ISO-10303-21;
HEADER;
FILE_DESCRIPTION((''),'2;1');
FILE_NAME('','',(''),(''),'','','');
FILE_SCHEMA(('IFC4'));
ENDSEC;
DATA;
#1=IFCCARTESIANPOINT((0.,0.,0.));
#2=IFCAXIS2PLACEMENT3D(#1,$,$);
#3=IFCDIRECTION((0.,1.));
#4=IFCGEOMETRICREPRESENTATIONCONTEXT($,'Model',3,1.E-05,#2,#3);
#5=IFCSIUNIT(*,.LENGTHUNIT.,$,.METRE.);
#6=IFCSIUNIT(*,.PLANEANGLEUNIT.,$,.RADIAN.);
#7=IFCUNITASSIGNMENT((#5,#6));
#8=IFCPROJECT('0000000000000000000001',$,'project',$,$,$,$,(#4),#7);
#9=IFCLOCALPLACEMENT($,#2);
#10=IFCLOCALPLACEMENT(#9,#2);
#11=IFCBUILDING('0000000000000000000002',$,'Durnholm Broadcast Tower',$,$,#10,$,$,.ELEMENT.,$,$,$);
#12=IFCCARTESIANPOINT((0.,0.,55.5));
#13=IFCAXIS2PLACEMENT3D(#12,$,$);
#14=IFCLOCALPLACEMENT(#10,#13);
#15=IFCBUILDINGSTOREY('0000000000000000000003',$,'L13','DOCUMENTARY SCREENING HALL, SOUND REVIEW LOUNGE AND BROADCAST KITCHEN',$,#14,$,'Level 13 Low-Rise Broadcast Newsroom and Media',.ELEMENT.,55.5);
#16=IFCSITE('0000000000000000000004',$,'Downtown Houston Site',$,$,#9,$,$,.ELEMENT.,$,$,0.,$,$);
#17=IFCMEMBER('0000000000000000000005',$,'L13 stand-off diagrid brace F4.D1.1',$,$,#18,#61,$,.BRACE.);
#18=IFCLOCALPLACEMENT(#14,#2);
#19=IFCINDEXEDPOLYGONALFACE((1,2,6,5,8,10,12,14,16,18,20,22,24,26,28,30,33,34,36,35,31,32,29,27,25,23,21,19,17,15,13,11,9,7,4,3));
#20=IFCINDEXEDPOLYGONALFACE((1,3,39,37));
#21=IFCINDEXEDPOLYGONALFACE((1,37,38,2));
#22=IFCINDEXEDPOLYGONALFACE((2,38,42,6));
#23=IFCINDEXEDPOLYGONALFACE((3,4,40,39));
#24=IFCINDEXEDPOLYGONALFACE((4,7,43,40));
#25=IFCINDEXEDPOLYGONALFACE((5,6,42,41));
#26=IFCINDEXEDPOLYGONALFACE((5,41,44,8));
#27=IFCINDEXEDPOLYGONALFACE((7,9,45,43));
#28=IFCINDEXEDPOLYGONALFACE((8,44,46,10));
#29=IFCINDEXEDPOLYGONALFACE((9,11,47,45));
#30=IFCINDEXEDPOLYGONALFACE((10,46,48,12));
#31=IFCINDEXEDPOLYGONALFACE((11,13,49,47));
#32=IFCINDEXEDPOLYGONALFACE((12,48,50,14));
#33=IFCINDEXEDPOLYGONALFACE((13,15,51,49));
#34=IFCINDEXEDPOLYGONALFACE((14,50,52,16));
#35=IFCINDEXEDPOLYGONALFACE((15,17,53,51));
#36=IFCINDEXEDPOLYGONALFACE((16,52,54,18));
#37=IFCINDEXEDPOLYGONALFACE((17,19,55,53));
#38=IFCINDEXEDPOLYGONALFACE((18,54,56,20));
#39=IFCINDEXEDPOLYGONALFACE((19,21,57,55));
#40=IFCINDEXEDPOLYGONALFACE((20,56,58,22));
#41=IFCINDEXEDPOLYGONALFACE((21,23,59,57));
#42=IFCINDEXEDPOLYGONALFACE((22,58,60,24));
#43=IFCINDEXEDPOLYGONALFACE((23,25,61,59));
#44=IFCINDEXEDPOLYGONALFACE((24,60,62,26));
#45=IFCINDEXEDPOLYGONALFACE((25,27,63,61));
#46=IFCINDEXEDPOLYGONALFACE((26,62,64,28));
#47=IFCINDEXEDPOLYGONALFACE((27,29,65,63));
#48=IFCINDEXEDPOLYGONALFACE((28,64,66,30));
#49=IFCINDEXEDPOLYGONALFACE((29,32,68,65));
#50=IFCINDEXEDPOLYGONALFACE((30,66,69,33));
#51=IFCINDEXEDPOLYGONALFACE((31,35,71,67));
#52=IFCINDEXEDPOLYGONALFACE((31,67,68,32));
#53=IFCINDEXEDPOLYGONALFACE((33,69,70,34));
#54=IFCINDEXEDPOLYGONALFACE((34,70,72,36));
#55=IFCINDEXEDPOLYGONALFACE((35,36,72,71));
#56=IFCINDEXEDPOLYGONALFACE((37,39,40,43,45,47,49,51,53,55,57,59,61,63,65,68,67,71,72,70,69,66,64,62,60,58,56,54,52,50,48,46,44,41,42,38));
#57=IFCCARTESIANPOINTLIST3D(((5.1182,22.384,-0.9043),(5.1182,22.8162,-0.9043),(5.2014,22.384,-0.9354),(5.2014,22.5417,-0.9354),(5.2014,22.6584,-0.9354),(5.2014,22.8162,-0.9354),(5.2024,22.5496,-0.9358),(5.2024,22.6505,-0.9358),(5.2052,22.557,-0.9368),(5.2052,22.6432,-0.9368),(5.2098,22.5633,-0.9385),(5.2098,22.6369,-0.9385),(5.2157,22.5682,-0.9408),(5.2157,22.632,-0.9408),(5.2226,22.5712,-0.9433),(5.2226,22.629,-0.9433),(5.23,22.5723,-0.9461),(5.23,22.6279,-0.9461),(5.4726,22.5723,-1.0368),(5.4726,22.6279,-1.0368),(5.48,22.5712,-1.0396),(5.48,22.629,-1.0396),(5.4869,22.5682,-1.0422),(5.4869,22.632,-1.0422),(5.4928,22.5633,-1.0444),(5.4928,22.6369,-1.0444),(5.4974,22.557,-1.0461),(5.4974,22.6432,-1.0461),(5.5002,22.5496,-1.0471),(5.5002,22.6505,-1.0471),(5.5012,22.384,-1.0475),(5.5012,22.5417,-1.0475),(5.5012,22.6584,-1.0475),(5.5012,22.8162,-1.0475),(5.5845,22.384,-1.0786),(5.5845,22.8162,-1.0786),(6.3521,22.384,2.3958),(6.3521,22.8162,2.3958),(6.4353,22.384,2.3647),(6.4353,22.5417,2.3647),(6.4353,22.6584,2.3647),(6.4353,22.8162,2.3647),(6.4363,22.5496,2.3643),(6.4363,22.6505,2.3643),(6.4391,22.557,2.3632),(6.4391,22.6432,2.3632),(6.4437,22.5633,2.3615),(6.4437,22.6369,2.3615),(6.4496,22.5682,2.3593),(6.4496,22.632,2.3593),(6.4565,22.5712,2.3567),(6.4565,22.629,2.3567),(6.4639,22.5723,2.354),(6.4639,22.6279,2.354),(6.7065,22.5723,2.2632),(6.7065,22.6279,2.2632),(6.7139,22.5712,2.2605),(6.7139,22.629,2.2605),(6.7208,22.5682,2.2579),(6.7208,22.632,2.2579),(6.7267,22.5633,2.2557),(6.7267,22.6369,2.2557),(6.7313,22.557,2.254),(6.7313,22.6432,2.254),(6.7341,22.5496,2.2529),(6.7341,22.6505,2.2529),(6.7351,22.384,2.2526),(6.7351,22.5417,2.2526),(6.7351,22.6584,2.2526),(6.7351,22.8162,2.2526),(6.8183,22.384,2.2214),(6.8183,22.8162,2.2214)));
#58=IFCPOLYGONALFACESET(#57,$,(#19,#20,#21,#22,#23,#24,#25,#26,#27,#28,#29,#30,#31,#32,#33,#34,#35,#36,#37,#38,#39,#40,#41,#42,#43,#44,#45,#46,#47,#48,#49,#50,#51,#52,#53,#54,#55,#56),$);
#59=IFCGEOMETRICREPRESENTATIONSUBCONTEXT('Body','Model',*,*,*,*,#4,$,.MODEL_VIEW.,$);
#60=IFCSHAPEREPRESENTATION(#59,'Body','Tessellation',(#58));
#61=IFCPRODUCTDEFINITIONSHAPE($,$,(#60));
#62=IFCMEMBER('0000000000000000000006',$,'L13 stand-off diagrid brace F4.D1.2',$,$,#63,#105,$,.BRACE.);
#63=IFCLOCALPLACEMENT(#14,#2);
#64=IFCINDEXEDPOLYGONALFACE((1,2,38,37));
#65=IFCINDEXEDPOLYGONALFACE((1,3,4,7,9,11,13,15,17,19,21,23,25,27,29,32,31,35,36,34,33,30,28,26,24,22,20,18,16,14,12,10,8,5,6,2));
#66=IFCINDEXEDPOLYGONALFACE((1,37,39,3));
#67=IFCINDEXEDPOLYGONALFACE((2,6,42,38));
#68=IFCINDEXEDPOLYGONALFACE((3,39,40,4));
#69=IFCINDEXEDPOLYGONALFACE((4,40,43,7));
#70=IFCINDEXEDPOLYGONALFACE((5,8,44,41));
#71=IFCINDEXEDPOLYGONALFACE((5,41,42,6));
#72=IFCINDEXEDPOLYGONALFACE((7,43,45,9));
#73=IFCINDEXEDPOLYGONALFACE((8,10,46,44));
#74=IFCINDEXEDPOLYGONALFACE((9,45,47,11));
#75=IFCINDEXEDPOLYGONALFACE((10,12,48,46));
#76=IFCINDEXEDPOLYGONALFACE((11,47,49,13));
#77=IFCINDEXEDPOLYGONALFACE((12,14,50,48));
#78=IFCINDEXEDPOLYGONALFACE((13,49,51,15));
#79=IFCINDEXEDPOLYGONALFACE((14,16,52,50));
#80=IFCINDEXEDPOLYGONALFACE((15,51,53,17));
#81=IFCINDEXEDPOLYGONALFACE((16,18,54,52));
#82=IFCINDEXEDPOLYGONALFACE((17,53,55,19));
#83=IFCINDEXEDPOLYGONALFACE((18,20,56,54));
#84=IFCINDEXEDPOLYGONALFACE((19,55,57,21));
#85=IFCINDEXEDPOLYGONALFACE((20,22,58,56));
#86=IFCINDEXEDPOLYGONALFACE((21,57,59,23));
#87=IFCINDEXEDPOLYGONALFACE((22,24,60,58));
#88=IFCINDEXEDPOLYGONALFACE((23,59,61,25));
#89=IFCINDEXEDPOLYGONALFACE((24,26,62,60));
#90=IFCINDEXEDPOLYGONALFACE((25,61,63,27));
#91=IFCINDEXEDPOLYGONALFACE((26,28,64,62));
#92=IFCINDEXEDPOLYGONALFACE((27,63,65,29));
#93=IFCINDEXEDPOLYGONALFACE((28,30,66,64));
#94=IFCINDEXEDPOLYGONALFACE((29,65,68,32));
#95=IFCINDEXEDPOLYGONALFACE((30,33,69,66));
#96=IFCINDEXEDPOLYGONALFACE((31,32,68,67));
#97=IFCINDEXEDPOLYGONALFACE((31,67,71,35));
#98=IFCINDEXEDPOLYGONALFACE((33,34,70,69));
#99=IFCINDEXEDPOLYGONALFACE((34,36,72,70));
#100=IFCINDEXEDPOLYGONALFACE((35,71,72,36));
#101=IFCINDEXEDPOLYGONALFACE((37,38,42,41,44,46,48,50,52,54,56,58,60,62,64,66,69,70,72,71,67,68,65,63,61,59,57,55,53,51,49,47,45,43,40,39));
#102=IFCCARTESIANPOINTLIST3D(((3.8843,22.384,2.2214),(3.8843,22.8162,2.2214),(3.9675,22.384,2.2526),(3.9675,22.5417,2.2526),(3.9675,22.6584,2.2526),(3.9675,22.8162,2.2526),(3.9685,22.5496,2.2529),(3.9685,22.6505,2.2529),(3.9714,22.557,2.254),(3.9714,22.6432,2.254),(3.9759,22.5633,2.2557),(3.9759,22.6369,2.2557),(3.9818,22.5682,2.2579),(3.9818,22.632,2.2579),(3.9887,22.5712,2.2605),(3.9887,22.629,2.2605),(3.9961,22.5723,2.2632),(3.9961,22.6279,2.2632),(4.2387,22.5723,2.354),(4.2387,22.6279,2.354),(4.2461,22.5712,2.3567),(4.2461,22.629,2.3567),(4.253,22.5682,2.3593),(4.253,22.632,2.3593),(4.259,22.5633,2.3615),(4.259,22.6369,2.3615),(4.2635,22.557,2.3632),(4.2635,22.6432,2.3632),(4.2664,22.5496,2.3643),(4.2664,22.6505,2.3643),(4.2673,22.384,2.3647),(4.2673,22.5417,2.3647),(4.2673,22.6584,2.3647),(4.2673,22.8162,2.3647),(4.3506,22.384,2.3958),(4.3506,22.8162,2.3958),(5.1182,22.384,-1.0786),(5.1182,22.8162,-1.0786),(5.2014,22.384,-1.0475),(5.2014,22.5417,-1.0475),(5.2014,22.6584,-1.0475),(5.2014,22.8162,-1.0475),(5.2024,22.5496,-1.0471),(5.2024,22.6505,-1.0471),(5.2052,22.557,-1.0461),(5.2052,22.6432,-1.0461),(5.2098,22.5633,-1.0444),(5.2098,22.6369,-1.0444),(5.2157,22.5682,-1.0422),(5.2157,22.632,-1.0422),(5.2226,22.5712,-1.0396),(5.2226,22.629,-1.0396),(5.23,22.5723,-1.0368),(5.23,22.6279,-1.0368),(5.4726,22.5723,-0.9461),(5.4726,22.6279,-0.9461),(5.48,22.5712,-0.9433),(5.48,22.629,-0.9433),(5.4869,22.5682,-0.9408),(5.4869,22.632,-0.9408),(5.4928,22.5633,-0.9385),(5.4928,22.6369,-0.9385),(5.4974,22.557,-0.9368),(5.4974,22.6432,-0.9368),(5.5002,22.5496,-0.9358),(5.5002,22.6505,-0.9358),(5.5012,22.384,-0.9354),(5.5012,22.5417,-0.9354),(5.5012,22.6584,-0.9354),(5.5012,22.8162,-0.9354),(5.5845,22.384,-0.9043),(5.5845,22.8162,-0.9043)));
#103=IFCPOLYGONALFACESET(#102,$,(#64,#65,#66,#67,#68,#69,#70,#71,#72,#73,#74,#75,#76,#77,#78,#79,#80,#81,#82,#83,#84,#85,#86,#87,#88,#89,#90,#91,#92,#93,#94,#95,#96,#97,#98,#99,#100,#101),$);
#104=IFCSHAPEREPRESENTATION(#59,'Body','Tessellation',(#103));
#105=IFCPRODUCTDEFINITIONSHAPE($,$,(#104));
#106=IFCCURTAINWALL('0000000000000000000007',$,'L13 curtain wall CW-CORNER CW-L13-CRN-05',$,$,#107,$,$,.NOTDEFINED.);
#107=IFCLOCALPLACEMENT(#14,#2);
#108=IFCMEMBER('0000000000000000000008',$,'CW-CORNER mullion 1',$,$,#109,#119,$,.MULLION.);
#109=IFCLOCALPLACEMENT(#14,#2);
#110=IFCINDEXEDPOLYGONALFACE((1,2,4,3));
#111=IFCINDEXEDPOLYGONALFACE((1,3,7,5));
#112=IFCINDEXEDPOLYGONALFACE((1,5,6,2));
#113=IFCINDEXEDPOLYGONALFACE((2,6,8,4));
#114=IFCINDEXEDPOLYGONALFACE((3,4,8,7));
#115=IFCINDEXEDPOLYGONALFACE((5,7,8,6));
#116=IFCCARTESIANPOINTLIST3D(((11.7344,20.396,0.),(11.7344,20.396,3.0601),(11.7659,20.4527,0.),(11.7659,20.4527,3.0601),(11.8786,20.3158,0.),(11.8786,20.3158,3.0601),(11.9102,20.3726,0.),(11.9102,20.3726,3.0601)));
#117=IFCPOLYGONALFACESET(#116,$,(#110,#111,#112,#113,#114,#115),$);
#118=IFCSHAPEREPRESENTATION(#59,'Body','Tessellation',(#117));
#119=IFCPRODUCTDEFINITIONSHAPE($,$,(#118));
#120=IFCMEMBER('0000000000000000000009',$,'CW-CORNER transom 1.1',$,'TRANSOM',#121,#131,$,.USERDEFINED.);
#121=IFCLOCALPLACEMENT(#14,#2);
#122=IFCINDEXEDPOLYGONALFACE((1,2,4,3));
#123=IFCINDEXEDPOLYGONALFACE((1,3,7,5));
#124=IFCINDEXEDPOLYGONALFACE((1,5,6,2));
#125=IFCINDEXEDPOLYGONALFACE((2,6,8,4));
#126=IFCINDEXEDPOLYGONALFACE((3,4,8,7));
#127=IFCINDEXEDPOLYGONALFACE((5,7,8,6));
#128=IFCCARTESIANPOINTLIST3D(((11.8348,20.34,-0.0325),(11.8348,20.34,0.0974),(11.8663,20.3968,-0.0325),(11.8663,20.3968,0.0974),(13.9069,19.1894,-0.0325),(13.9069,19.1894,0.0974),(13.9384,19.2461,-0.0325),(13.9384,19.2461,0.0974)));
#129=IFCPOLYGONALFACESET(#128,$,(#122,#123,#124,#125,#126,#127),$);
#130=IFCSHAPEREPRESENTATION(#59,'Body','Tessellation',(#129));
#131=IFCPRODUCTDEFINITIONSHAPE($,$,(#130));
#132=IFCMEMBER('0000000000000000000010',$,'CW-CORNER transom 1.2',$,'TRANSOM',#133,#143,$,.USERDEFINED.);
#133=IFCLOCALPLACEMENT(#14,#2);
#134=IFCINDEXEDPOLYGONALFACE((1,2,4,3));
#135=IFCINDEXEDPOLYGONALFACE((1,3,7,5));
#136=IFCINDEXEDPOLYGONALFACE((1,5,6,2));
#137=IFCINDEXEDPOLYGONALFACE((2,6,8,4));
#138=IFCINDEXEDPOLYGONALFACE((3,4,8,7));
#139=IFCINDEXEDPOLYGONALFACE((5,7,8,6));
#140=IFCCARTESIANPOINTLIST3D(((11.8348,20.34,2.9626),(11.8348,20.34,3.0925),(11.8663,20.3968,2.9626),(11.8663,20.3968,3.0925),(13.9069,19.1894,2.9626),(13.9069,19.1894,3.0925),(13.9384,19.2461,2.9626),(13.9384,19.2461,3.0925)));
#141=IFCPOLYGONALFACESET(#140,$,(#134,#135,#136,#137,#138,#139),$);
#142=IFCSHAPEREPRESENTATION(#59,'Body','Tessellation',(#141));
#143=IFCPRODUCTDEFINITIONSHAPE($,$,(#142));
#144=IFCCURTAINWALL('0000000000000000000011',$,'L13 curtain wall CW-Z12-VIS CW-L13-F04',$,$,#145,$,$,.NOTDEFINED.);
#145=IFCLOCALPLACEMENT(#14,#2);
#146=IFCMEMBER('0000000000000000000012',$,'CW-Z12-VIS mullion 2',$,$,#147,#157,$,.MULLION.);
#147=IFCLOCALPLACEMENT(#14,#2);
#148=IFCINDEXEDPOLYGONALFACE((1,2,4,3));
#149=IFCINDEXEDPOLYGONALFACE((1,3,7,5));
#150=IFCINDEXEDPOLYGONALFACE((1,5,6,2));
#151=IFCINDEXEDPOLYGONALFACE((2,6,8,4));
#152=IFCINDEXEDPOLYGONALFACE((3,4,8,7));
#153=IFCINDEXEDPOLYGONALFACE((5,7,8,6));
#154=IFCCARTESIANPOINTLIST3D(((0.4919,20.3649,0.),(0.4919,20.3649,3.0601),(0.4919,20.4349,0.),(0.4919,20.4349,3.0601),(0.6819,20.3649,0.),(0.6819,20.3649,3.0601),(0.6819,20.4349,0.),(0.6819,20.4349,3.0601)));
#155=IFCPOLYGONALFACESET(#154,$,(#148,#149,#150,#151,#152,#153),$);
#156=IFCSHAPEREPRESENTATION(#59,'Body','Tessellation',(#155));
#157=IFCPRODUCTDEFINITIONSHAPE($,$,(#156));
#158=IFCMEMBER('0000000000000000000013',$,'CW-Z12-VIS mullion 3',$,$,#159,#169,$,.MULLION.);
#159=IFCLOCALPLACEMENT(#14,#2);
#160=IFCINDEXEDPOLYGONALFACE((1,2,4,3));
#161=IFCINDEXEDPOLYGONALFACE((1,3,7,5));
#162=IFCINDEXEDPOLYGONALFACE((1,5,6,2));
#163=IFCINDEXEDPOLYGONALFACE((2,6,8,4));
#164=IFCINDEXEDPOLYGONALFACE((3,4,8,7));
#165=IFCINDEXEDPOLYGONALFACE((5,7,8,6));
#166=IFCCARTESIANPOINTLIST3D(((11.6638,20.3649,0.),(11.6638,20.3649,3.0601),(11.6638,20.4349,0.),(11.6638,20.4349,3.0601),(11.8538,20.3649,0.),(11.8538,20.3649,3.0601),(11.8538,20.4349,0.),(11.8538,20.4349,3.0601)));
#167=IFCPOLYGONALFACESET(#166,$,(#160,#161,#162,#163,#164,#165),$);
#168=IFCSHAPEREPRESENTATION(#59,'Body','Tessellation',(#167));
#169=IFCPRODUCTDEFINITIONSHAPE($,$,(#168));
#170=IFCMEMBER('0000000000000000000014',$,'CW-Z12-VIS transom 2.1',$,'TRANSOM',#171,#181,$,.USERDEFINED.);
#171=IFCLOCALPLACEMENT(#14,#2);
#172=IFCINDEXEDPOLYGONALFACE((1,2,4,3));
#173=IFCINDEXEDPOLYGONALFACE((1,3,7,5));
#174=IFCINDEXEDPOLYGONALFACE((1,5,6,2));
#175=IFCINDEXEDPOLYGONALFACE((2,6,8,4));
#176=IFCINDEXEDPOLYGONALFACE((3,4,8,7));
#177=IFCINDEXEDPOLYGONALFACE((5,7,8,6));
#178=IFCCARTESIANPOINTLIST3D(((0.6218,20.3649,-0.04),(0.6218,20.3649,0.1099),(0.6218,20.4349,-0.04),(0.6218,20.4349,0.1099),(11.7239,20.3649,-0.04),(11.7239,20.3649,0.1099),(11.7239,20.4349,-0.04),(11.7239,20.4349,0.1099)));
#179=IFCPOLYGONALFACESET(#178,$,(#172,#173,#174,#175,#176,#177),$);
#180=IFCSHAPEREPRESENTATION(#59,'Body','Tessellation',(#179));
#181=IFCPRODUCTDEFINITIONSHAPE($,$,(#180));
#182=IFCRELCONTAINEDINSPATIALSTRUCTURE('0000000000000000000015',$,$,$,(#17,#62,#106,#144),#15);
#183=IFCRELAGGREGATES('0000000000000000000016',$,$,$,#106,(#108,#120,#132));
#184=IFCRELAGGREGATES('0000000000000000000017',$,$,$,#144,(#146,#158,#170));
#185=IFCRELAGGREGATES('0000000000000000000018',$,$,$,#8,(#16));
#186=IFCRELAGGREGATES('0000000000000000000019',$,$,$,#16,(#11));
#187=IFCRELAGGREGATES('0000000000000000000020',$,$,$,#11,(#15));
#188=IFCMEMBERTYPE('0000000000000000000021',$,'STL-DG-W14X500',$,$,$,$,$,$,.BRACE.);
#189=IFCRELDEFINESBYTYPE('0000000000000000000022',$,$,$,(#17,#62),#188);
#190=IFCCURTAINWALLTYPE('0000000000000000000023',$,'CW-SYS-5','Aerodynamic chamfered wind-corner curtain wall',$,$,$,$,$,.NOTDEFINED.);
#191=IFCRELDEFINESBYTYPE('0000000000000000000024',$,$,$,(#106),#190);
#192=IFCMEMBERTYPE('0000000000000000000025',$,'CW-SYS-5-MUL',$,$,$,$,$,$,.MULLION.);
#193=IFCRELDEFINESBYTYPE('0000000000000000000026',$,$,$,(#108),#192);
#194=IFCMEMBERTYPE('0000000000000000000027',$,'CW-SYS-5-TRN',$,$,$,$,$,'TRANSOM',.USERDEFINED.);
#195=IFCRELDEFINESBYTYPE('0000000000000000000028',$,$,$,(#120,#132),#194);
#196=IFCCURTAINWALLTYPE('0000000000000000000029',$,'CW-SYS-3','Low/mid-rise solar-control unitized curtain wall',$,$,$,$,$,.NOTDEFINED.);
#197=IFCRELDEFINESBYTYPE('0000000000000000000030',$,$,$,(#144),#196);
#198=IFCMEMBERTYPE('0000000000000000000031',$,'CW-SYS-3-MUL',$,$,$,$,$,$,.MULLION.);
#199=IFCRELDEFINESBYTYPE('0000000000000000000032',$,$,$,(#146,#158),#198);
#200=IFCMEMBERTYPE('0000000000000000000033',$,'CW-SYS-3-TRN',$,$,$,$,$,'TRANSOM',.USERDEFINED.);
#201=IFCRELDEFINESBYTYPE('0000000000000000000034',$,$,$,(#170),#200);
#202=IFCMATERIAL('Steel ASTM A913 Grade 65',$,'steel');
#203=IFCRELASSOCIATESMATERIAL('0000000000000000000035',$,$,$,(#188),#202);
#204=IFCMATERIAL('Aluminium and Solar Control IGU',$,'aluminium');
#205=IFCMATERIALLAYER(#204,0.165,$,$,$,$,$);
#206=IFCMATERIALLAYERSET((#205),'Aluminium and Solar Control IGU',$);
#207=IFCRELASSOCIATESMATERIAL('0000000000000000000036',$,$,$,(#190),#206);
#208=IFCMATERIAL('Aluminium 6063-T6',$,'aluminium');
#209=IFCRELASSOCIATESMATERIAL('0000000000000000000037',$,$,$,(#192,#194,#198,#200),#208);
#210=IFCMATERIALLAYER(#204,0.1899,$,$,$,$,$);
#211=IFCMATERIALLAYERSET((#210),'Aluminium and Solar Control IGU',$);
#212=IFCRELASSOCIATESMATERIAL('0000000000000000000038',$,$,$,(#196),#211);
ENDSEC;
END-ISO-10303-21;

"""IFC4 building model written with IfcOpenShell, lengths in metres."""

from ifc_helpers import new_model, si_unit, direction, frame, origin, origin_2d, place, context, subcontext, project, spatial, rectangle, i_section, extrude, source, transform, mapped, material, layer, layer_set, material_profile, profile_set, type_object, type_shapes, element, aggregate, save


model = new_model("IFC4")

# Units and contexts
model_context = context("Model", 3, precision=1e-05, world=origin(), true_north=direction((0.0, 1.0)))
body_context = subcontext(model_context, "Body", "Model", "MODEL_VIEW")
ifc_project = project(units=[si_unit("LENGTHUNIT", "METRE"), si_unit("PLANEANGLEUNIT", "RADIAN")], contexts=[model_context])

# Site, building, storey
site_placement = place(None, origin())
site = spatial("IfcSite", under=ifc_project, at=site_placement, Name="Downtown Houston Site", CompositionType="ELEMENT", RefElevation=0.0)
building_placement = place(site_placement, origin())
building = spatial("IfcBuilding", under=site, at=building_placement, Name="Durnholm Broadcast Tower", CompositionType="ELEMENT")
storey_placement = place(building_placement, frame((0.0, 0.0, 55.5)))
storey = spatial("IfcBuildingStorey", under=building, at=storey_placement, Name="L13", Description="DOCUMENTARY SCREENING HALL, SOUND REVIEW LOUNGE AND BROADCAST KITCHEN", LongName="Level 13 Low-Rise Broadcast Newsroom and Media", CompositionType="ELEMENT", Elevation=55.5)

# Members
ifc_material_1 = material(Name="Steel ASTM A913 Grade 65", Category="steel")
ifc_material_profile_1 = material_profile(ifc_material_1, i_section(OverallWidth=0.4321, OverallDepth=0.4978, WebThickness=0.0557, FlangeThickness=0.0889, FilletRadius=0.0305, at=origin_2d()), Name="W14X500")
ifc_profile_set_1 = profile_set([ifc_material_profile_1], Name="Steel ASTM A913 Grade 65")
member_type_1 = type_object("IfcMemberType", Name="STL-DG-W14X500", PredefinedType="BRACE", material=ifc_profile_set_1)
shared_shape_1 = source(origin(), body_context, "Body", "SweptSolid", [
    extrude(i_section(OverallWidth=0.4321, OverallDepth=0.4978, WebThickness=0.0557, FlangeThickness=0.0889, FilletRadius=0.0305, at=origin_2d()), origin(), (0.0, 0.0, 1.0), 3.5232),
])
type_shapes(member_type_1, [shared_shape_1])
for number, where, z_axis, x_axis, name in (
    (1, (5.3513, 22.6001, -0.9915), (0.35022, 0.0, 0.936668), (0.0, 1.0, 0.0), "L13 stand-off diagrid brace F4.D1.1"),
    (2, (5.3513, 22.6001, -0.9915), (-0.35022, 0.0, 0.936668), (0.0, -1.0, 0.0), "L13 stand-off diagrid brace F4.D1.2"),
):
    element("IfcMember", number, at=place(storey_placement, frame(where, z_axis=z_axis, x_axis=x_axis)), inside=storey, type_object=member_type_1, Name=name, PredefinedType="BRACE", context=body_context, shape_type="MappedRepresentation", body=[
        mapped(shared_shape_1, transform((0.0, 0.0, 0.0), x_axis=(1.0, 0.0, 0.0), y_axis=(0.0, 1.0, 0.0), z_axis=(0.0, 0.0, 1.0), scale=1.0)),
    ])

# Curtain wall, members
ifc_material_2 = material(Name="Aluminium and Solar Control IGU", Category="aluminium")
ifc_layer_1 = layer(ifc_material_2, 0.165)
ifc_layer_set_1 = layer_set([ifc_layer_1], Name="Aluminium and Solar Control IGU")
curtain_wall_type_1 = type_object("IfcCurtainWallType", Name="CW-SYS-5", Description="Aerodynamic chamfered wind-corner curtain wall", PredefinedType="NOTDEFINED", material=ifc_layer_set_1)
curtain_wall_1_placement = place(storey_placement, origin())
curtain_wall_1 = element("IfcCurtainWall", 3, at=curtain_wall_1_placement, inside=storey, type_object=curtain_wall_type_1, Name="L13 curtain wall CW-CORNER CW-L13-CRN-05", PredefinedType="NOTDEFINED")
ifc_material_3 = material(Name="Aluminium 6063-T6", Category="aluminium")
ifc_material_profile_2 = material_profile(ifc_material_3, rectangle(XDim=0.0649, YDim=0.165, at=origin_2d()), Name="CWM65X165")
ifc_profile_set_2 = profile_set([ifc_material_profile_2], Name="Aluminium 6063-T6")
member_type_2 = type_object("IfcMemberType", Name="CW-SYS-5-MUL", PredefinedType="MULLION", material=ifc_profile_set_2)
shared_shape_2 = source(origin(), body_context, "Body", "SweptSolid", [
    extrude(rectangle(XDim=0.0649, YDim=0.165, at=origin_2d()), origin(), (0.0, 0.0, 1.0), 3.0601),
])
type_shapes(member_type_2, [shared_shape_2])
member_1_placement = place(storey_placement, frame((11.8223, 20.3843, 0.0), z_axis=(0.0, 0.0, 1.0), x_axis=(0.485483, 0.874246, 0.0)))
member_1 = element("IfcMember", 4, at=member_1_placement, type_object=member_type_2, Name="CW-CORNER mullion 1", PredefinedType="MULLION", context=body_context, shape_type="MappedRepresentation", body=[
    mapped(shared_shape_2, transform((0.0, 0.0, 0.0), x_axis=(1.0, 0.0, 0.0), y_axis=(0.0, 1.0, 0.0), z_axis=(0.0, 0.0, 1.0), scale=1.0)),
])
ifc_material_profile_3 = material_profile(ifc_material_3, rectangle(XDim=0.0649, YDim=0.1299, at=origin_2d()), Name="CWT65X130")
ifc_profile_set_3 = profile_set([ifc_material_profile_3], Name="Aluminium 6063-T6")
member_type_3 = type_object("IfcMemberType", Name="CW-SYS-5-TRN", ElementType="TRANSOM", PredefinedType="USERDEFINED", material=ifc_profile_set_3)
shared_shape_3 = source(origin(), body_context, "Body", "SweptSolid", [
    extrude(rectangle(XDim=0.0649, YDim=0.1299, at=origin_2d()), origin(), (0.0, 0.0, 1.0), 2.3701),
])
type_shapes(member_type_3, [shared_shape_3])
member_2_placement = place(storey_placement, frame((11.8506, 20.3684, 0.0325), z_axis=(0.874245, -0.485485, 0.0), x_axis=(0.485485, 0.874245, 0.0)))
member_2 = element("IfcMember", 5, at=member_2_placement, type_object=member_type_3, Name="CW-CORNER transom 1.1", ObjectType="TRANSOM", PredefinedType="USERDEFINED", context=body_context, shape_type="MappedRepresentation", body=[
    mapped(shared_shape_3, transform((0.0, 0.0, 0.0), x_axis=(1.0, 0.0, 0.0), y_axis=(0.0, 1.0, 0.0), z_axis=(0.0, 0.0, 1.0), scale=1.0)),
])
member_3_placement = place(storey_placement, frame((11.8506, 20.3684, 3.0276), z_axis=(0.874245, -0.485485, 0.0), x_axis=(0.485485, 0.874245, 0.0)))
member_3 = element("IfcMember", 6, at=member_3_placement, type_object=member_type_3, Name="CW-CORNER transom 1.2", ObjectType="TRANSOM", PredefinedType="USERDEFINED", context=body_context, shape_type="MappedRepresentation", body=[
    mapped(shared_shape_3, transform((0.0, 0.0, 0.0), x_axis=(1.0, 0.0, 0.0), y_axis=(0.0, 1.0, 0.0), z_axis=(0.0, 0.0, 1.0), scale=1.0)),
])
aggregate(curtain_wall_1, [member_1, member_2, member_3])

# Curtain wall, members
ifc_layer_2 = layer(ifc_material_2, 0.1899)
ifc_layer_set_2 = layer_set([ifc_layer_2], Name="Aluminium and Solar Control IGU")
curtain_wall_type_2 = type_object("IfcCurtainWallType", Name="CW-SYS-3", Description="Low/mid-rise solar-control unitized curtain wall", PredefinedType="NOTDEFINED", material=ifc_layer_set_2)
curtain_wall_2_placement = place(storey_placement, origin())
curtain_wall_2 = element("IfcCurtainWall", 7, at=curtain_wall_2_placement, inside=storey, type_object=curtain_wall_type_2, Name="L13 curtain wall CW-Z12-VIS CW-L13-F04", PredefinedType="NOTDEFINED")
ifc_material_profile_4 = material_profile(ifc_material_3, rectangle(XDim=0.0701, YDim=0.1899, at=origin_2d()), Name="CWM70X190")
ifc_profile_set_4 = profile_set([ifc_material_profile_4], Name="Aluminium 6063-T6")
member_type_4 = type_object("IfcMemberType", Name="CW-SYS-3-MUL", PredefinedType="MULLION", material=ifc_profile_set_4)
shared_shape_4 = source(origin(), body_context, "Body", "SweptSolid", [
    extrude(rectangle(XDim=0.0701, YDim=0.1899, at=origin_2d()), origin(), (0.0, 0.0, 1.0), 3.0601),
])
type_shapes(member_type_4, [shared_shape_4])
member_4_placement = place(storey_placement, frame((0.5869, 20.3999, 0.0), z_axis=(0.0, 0.0, 1.0), x_axis=(0.0, 1.0, 0.0)))
member_4 = element("IfcMember", 8, at=member_4_placement, type_object=member_type_4, Name="CW-Z12-VIS mullion 2", PredefinedType="MULLION", context=body_context, shape_type="MappedRepresentation", body=[
    mapped(shared_shape_4, transform((0.0, 0.0, 0.0), x_axis=(1.0, 0.0, 0.0), y_axis=(0.0, 1.0, 0.0), z_axis=(0.0, 0.0, 1.0), scale=1.0)),
])
member_5_placement = place(storey_placement, frame((11.7588, 20.3999, 0.0), z_axis=(0.0, 0.0, 1.0), x_axis=(0.0, 1.0, 0.0)))
member_5 = element("IfcMember", 9, at=member_5_placement, type_object=member_type_4, Name="CW-Z12-VIS mullion 3", PredefinedType="MULLION", context=body_context, shape_type="MappedRepresentation", body=[
    mapped(shared_shape_4, transform((0.0, 0.0, 0.0), x_axis=(1.0, 0.0, 0.0), y_axis=(0.0, 1.0, 0.0), z_axis=(0.0, 0.0, 1.0), scale=1.0)),
])
ifc_material_profile_5 = material_profile(ifc_material_3, rectangle(XDim=0.0701, YDim=0.1499, at=origin_2d()), Name="CWT70X150")
ifc_profile_set_5 = profile_set([ifc_material_profile_5], Name="Aluminium 6063-T6")
member_type_5 = type_object("IfcMemberType", Name="CW-SYS-3-TRN", ElementType="TRANSOM", PredefinedType="USERDEFINED", material=ifc_profile_set_5)
shared_shape_5 = source(origin(), body_context, "Body", "SweptSolid", [
    extrude(rectangle(XDim=0.0701, YDim=0.1499, at=origin_2d()), origin(), (0.0, 0.0, 1.0), 11.1021),
])
type_shapes(member_type_5, [shared_shape_5])
member_6_placement = place(storey_placement, frame((0.6218, 20.3999, 0.0349), z_axis=(1.0, 0.0, 0.0), x_axis=(0.0, 1.0, 0.0)))
member_6 = element("IfcMember", 10, at=member_6_placement, type_object=member_type_5, Name="CW-Z12-VIS transom 2.1", ObjectType="TRANSOM", PredefinedType="USERDEFINED", context=body_context, shape_type="MappedRepresentation", body=[
    mapped(shared_shape_5, transform((0.0, 0.0, 0.0), x_axis=(1.0, 0.0, 0.0), y_axis=(0.0, 1.0, 0.0), z_axis=(0.0, 0.0, 1.0), scale=1.0)),
])
aggregate(curtain_wall_2, [member_4, member_5, member_6])

save(model, "model.ifc")
